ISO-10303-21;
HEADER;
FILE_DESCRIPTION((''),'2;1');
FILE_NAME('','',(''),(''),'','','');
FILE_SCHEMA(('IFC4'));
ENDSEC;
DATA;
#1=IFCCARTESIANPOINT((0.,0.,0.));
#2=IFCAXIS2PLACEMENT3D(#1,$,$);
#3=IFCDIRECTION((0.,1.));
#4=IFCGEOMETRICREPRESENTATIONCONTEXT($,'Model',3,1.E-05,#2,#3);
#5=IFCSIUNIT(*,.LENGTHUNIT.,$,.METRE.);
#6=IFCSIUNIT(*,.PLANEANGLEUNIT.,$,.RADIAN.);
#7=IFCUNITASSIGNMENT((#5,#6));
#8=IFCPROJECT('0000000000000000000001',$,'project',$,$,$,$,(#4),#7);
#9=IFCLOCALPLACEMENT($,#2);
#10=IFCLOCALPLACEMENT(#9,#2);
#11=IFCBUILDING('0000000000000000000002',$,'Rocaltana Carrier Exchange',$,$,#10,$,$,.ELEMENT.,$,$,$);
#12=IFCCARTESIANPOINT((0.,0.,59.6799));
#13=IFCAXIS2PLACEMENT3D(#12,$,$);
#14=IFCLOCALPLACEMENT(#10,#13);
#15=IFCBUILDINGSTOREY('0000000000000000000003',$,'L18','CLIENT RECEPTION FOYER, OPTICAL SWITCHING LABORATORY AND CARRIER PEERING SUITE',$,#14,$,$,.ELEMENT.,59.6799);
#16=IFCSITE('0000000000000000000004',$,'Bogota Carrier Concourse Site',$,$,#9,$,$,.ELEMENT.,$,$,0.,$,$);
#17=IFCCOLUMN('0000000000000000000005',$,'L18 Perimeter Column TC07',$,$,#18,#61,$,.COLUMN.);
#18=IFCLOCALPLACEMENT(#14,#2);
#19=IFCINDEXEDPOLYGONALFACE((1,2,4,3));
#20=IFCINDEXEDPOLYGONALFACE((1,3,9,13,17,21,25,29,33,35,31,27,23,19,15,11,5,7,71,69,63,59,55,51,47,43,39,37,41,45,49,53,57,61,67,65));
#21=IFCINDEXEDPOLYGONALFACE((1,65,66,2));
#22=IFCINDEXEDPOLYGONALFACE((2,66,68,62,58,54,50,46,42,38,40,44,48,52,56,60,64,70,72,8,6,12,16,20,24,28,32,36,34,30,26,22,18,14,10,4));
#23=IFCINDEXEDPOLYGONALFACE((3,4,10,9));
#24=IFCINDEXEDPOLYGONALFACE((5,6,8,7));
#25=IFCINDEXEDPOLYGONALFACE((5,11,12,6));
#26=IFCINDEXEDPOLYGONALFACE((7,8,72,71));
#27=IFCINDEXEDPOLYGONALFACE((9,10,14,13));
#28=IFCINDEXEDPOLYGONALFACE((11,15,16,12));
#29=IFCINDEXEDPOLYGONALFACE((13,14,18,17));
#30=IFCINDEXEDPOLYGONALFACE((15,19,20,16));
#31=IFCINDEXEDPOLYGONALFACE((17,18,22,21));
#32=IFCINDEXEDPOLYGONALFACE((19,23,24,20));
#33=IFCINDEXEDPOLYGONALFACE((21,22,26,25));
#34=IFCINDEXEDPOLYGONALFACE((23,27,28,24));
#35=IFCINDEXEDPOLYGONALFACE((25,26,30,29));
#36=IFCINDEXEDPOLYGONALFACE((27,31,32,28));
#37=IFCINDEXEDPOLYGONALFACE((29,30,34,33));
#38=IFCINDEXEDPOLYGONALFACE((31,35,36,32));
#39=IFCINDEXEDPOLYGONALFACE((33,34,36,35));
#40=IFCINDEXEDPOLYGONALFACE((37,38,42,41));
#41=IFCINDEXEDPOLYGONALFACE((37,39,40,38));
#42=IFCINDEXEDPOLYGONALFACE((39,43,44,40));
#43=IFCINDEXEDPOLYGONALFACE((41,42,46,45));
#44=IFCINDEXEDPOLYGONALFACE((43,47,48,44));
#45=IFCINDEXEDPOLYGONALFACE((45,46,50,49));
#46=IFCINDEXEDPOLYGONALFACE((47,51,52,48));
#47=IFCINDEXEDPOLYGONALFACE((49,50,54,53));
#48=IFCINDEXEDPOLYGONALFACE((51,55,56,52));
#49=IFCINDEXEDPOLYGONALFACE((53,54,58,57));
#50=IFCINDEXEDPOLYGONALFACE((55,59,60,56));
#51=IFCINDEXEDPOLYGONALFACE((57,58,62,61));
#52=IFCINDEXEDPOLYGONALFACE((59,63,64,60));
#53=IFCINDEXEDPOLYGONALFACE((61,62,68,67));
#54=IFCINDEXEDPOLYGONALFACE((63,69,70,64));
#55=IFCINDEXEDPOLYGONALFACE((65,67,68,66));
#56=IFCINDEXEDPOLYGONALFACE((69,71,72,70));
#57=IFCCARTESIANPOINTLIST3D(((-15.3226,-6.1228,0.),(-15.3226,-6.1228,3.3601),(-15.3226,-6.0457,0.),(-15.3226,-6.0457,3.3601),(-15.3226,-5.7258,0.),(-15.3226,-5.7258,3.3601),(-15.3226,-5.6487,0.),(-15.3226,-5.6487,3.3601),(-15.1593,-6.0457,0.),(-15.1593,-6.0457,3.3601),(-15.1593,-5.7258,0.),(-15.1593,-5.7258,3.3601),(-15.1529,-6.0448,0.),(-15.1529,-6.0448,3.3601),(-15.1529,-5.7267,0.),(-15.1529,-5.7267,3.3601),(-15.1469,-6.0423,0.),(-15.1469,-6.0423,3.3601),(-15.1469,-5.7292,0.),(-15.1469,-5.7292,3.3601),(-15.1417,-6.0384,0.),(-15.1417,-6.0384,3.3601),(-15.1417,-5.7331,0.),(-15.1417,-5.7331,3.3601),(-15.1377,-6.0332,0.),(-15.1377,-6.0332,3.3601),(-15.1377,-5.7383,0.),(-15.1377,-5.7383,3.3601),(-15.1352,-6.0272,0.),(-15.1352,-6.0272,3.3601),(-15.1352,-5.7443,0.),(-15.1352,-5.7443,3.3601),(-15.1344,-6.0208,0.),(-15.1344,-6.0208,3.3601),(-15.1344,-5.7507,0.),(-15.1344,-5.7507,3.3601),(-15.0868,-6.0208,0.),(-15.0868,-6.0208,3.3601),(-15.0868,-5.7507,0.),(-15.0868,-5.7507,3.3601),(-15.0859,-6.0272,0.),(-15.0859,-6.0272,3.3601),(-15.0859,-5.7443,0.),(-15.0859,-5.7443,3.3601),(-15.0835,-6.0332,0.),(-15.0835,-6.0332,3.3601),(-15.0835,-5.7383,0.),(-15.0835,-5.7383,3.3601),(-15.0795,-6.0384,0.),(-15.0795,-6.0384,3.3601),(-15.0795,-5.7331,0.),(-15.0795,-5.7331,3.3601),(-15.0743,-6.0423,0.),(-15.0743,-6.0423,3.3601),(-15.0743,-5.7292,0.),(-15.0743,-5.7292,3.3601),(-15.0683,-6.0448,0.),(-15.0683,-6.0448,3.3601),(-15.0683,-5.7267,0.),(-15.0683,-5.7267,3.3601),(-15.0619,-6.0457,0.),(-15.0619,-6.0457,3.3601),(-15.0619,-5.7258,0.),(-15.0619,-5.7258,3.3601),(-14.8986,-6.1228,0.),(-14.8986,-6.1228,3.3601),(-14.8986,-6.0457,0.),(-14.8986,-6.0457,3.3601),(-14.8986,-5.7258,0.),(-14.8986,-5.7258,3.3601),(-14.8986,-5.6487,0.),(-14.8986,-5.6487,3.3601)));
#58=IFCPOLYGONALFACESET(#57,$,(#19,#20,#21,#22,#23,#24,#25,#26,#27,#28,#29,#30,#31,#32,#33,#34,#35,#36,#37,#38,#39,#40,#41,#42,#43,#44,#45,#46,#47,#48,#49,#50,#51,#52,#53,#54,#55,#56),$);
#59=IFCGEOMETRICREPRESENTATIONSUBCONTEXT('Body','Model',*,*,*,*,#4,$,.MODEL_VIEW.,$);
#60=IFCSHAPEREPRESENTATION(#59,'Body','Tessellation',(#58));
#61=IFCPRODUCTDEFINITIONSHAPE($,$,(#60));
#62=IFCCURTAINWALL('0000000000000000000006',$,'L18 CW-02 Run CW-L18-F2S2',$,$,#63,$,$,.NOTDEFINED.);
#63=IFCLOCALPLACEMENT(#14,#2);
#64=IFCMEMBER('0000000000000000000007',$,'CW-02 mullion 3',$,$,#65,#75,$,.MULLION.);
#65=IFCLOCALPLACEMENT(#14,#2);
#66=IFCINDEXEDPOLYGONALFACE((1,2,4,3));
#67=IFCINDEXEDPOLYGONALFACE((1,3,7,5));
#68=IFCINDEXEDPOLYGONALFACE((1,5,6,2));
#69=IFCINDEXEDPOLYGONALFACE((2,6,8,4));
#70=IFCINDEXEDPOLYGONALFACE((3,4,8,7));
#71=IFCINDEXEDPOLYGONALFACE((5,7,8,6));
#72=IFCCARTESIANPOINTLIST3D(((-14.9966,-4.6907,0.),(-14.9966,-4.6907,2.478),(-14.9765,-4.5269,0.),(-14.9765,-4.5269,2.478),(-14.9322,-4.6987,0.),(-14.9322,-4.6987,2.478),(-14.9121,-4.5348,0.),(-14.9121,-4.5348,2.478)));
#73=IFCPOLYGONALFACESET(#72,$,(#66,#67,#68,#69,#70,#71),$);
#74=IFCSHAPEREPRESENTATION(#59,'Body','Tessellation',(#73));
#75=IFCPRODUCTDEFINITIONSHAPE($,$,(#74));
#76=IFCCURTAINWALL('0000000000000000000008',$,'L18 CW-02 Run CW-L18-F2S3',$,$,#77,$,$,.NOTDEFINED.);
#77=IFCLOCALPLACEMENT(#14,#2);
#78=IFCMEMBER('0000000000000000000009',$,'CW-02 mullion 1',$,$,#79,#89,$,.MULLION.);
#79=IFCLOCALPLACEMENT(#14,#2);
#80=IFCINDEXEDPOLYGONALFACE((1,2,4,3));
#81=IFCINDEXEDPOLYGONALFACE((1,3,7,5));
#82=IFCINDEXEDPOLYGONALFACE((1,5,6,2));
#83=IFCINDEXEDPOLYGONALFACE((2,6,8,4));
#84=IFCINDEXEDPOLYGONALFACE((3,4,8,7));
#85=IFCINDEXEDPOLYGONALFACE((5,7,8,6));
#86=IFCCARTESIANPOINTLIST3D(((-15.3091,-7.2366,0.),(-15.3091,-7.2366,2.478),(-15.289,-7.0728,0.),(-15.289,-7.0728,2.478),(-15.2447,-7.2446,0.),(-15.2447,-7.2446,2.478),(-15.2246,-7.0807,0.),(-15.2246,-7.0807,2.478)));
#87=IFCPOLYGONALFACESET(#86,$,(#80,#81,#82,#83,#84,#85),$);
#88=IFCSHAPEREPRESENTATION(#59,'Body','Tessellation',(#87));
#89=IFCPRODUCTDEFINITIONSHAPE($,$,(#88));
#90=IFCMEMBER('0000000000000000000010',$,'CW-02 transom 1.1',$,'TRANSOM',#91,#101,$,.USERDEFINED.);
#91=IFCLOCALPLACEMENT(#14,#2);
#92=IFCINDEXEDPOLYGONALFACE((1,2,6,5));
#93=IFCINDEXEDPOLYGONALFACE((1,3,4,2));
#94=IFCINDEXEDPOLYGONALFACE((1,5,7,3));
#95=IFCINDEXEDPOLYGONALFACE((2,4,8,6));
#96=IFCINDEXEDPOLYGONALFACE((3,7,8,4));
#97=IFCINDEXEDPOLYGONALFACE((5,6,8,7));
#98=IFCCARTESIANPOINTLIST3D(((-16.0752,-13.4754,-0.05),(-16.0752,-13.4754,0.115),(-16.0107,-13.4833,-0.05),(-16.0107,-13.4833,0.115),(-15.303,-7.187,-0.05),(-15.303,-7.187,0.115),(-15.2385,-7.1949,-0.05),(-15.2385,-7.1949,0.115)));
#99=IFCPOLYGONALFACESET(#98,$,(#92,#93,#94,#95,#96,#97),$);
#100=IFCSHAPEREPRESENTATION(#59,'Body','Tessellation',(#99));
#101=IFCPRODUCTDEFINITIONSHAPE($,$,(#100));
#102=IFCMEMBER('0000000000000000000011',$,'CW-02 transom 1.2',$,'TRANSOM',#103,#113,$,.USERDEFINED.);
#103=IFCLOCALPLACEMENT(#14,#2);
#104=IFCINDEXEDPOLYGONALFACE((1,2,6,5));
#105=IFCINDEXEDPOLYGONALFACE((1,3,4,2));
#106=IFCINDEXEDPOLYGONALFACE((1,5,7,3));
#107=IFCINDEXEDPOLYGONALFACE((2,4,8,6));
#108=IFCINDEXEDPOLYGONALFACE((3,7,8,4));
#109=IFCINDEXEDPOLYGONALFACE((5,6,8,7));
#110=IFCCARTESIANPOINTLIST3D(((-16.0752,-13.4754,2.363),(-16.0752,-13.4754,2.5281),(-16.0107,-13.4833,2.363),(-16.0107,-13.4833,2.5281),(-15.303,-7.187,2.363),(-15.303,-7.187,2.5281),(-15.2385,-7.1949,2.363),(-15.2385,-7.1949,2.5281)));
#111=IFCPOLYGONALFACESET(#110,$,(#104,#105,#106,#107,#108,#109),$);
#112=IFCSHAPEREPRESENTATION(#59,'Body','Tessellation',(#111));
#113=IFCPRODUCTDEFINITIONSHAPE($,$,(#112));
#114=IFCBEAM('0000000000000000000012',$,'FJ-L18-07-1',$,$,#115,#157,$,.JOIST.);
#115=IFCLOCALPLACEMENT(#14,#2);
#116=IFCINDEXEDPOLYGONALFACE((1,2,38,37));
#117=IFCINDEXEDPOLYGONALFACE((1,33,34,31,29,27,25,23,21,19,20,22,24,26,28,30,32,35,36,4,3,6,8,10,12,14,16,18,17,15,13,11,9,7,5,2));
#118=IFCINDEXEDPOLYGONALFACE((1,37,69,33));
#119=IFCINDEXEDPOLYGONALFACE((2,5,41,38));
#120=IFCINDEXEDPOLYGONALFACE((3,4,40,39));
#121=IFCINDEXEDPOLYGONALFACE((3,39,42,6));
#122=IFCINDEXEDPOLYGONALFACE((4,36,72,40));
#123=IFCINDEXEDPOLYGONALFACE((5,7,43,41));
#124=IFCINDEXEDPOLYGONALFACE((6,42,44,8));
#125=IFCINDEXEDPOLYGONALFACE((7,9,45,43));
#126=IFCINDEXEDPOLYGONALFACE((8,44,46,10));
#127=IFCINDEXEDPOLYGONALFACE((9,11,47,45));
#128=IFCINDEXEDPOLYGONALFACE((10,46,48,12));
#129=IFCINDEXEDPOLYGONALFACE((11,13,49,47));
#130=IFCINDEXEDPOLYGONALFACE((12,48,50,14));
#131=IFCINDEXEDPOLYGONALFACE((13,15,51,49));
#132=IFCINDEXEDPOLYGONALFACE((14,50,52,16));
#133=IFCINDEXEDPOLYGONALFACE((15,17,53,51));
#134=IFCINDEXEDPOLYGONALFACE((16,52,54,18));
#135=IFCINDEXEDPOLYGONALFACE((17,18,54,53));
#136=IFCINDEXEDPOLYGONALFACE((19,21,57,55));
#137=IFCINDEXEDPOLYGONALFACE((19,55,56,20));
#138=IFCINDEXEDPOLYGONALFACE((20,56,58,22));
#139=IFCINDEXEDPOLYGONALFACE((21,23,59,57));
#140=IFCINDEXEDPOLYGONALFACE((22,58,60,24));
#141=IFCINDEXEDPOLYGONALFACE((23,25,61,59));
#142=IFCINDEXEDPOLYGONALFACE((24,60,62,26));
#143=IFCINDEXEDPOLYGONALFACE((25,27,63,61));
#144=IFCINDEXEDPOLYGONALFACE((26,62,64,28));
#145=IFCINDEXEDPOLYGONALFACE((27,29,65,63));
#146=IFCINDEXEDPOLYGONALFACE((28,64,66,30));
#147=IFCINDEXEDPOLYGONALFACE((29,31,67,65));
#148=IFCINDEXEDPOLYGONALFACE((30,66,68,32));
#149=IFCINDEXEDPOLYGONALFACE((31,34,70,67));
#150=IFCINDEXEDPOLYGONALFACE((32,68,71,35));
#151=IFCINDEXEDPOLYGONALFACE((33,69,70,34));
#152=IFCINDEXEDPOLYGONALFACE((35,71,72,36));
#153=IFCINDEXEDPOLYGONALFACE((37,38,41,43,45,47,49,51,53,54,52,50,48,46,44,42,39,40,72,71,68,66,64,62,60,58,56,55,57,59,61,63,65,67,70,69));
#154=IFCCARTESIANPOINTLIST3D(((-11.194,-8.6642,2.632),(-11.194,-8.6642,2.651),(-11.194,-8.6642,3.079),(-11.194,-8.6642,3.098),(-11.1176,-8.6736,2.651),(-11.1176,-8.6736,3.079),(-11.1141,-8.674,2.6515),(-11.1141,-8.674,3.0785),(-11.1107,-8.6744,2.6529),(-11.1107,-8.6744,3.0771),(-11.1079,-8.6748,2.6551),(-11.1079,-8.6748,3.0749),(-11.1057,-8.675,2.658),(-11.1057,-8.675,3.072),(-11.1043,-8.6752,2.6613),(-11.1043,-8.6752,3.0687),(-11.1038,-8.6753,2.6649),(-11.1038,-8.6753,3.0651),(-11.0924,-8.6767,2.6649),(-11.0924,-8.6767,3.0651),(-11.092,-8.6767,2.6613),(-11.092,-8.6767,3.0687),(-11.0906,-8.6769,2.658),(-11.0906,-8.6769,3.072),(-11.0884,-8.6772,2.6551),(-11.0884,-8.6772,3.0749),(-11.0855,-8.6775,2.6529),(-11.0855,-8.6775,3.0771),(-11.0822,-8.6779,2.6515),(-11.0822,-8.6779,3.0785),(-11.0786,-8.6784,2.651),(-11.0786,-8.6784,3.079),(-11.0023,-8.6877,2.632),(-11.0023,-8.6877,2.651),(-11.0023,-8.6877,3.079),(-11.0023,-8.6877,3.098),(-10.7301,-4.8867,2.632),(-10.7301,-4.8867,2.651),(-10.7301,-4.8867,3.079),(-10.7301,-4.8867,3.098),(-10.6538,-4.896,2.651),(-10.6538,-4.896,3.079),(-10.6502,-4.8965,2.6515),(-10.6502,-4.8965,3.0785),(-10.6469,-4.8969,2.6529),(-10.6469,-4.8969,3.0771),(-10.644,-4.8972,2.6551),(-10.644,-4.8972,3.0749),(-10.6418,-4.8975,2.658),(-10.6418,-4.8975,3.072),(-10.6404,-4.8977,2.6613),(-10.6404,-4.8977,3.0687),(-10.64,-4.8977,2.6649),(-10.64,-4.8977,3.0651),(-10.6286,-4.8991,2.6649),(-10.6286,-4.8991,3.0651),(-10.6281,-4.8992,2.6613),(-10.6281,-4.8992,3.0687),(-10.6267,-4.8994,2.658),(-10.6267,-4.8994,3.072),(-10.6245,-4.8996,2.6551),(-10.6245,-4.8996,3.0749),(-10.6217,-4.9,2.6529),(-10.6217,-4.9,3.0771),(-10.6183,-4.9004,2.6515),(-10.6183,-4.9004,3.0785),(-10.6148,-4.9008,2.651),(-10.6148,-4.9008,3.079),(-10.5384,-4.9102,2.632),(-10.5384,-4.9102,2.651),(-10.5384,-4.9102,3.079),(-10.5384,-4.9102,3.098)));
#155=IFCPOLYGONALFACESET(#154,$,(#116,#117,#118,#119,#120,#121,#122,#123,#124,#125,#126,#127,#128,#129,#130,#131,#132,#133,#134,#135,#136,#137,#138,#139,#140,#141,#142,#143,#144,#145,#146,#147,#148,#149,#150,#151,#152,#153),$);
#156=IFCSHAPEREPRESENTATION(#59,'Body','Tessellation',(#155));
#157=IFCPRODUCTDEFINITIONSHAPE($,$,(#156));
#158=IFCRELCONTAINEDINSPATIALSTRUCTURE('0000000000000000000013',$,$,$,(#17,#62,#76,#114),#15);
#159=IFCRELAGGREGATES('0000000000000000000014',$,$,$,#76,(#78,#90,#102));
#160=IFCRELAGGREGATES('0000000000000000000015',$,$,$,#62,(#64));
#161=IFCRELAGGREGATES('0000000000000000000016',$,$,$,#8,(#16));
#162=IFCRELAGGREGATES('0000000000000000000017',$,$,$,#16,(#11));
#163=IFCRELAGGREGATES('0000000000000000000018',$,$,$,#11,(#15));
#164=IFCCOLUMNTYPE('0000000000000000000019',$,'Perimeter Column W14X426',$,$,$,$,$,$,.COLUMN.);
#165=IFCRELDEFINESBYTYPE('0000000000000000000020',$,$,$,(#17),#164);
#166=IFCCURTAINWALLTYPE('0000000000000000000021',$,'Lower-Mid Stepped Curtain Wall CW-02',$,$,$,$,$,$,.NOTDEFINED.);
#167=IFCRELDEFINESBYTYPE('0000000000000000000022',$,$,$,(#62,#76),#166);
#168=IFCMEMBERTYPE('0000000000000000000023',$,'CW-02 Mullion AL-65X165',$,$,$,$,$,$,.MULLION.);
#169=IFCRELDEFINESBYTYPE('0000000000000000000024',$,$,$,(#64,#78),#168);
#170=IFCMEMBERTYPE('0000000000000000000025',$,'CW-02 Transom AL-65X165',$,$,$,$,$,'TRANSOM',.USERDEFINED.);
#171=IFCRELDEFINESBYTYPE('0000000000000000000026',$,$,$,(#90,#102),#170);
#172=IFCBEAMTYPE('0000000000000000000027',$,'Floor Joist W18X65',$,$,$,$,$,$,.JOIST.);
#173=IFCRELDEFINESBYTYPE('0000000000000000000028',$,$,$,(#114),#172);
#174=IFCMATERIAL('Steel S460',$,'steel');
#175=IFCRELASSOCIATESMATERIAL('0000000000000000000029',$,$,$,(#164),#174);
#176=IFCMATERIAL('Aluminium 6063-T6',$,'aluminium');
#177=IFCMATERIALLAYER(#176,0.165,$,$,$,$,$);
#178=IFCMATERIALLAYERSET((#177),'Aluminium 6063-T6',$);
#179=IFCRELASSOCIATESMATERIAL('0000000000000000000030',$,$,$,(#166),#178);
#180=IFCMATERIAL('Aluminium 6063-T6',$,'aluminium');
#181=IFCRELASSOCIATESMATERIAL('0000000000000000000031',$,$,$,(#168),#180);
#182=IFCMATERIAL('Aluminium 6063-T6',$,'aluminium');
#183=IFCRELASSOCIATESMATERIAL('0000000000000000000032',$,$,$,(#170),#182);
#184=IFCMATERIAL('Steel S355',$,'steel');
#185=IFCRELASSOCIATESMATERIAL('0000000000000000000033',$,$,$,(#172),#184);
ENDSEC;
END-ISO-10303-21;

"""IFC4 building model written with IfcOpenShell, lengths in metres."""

from ifc_helpers import new_model, si_unit, direction, frame, origin, origin_2d, place, context, subcontext, project, spatial, rectangle, i_section, extrude, material, layer, layer_set, material_profile, profile_set, type_object, element, aggregate, save


model = new_model("IFC4")

# Units and contexts
model_context = context("Model", 3, precision=1e-05, world=origin(), true_north=direction((0.0, 1.0)))
body_context = subcontext(model_context, "Body", "Model", "MODEL_VIEW")
ifc_project = project(units=[si_unit("LENGTHUNIT", "METRE"), si_unit("PLANEANGLEUNIT", "RADIAN")], contexts=[model_context])

# Site, building, storey
site_placement = place(None, origin())
site = spatial("IfcSite", under=ifc_project, at=site_placement, Name="Bogota Carrier Concourse Site", CompositionType="ELEMENT", RefElevation=0.0)
building_placement = place(site_placement, origin())
building = spatial("IfcBuilding", under=site, at=building_placement, Name="Rocaltana Carrier Exchange", CompositionType="ELEMENT")
storey_placement = place(building_placement, frame((0.0, 0.0, 59.6799)))
storey = spatial("IfcBuildingStorey", under=building, at=storey_placement, Name="L18", Description="CLIENT RECEPTION FOYER, OPTICAL SWITCHING LABORATORY AND CARRIER PEERING SUITE", CompositionType="ELEMENT", Elevation=59.6799)

# Column
ifc_material_1 = material(Name="Steel S460", Category="steel")
ifc_material_profile_1 = material_profile(ifc_material_1, i_section(OverallWidth=0.4241, OverallDepth=0.4741, WebThickness=0.0476, FlangeThickness=0.0771, FilletRadius=0.0249, at=origin_2d()), Name="W14X426")
ifc_profile_set_1 = profile_set([ifc_material_profile_1], Name="Steel S460")
column_type = type_object("IfcColumnType", Name="Perimeter Column W14X426", PredefinedType="COLUMN", material=ifc_profile_set_1)
column_placement = place(storey_placement, frame((-15.1106, -5.8857, 0.0), z_axis=(0.0, 0.0, 1.0), x_axis=(1.0, 0.0, 0.0)))
element("IfcColumn", 1, at=column_placement, inside=storey, type_object=column_type, Name="L18 Perimeter Column TC07", PredefinedType="COLUMN", context=body_context, shape_type="SweptSolid", body=[
    extrude(i_section(OverallWidth=0.4241, OverallDepth=0.4741, WebThickness=0.0476, FlangeThickness=0.0771, FilletRadius=0.0249, at=origin_2d()), origin(), (0.0, 0.0, 1.0), 3.3601),
])

# Curtain wall, member
ifc_material_2 = material(Name="Aluminium 6063-T6", Category="aluminium")
ifc_layer_1 = layer(ifc_material_2, 0.165)
ifc_layer_set_1 = layer_set([ifc_layer_1], Name="Aluminium 6063-T6")
curtain_wall_type = type_object("IfcCurtainWallType", Name="Lower-Mid Stepped Curtain Wall CW-02", PredefinedType="NOTDEFINED", material=ifc_layer_set_1)
curtain_wall_1_placement = place(storey_placement, origin())
curtain_wall_1 = element("IfcCurtainWall", 2, at=curtain_wall_1_placement, inside=storey, type_object=curtain_wall_type, Name="L18 CW-02 Run CW-L18-F2S2", PredefinedType="NOTDEFINED")
ifc_material_3 = material(Name="Aluminium 6063-T6", Category="aluminium")
ifc_material_profile_2 = material_profile(ifc_material_3, rectangle(XDim=0.0649, YDim=0.165, at=origin_2d()), Name="AL-65X165")
ifc_profile_set_2 = profile_set([ifc_material_profile_2], Name="Aluminium 6063-T6")
member_type_1 = type_object("IfcMemberType", Name="CW-02 Mullion AL-65X165", PredefinedType="MULLION", material=ifc_profile_set_2)
member_1_placement = place(storey_placement, frame((-14.9543, -4.6128, 0.0), z_axis=(0.0, 0.0, 1.0), x_axis=(0.992546, -0.121874, 0.0)))
member_1 = element("IfcMember", 3, at=member_1_placement, type_object=member_type_1, Name="CW-02 mullion 3", PredefinedType="MULLION", context=body_context, shape_type="SweptSolid", body=[
    extrude(rectangle(XDim=0.0649, YDim=0.165, at=origin_2d()), origin(), (0.0, 0.0, 1.0), 2.478),
])

# Curtain wall, members
curtain_wall_2_placement = place(storey_placement, origin())
curtain_wall_2 = element("IfcCurtainWall", 4, at=curtain_wall_2_placement, inside=storey, type_object=curtain_wall_type, Name="L18 CW-02 Run CW-L18-F2S3", PredefinedType="NOTDEFINED")
member_2_placement = place(storey_placement, frame((-15.2668, -7.1587, 0.0), z_axis=(0.0, 0.0, 1.0), x_axis=(0.992545, -0.121881, 0.0)))
member_2 = element("IfcMember", 5, at=member_2_placement, type_object=member_type_1, Name="CW-02 mullion 1", PredefinedType="MULLION", context=body_context, shape_type="SweptSolid", body=[
    extrude(rectangle(XDim=0.0649, YDim=0.165, at=origin_2d()), origin(), (0.0, 0.0, 1.0), 2.478),
])
ifc_material_4 = material(Name="Aluminium 6063-T6", Category="aluminium")
ifc_material_profile_3 = material_profile(ifc_material_4, rectangle(XDim=0.0649, YDim=0.165, at=origin_2d()), Name="AL-65X165")
ifc_profile_set_3 = profile_set([ifc_material_profile_3], Name="Aluminium 6063-T6")
member_type_2 = type_object("IfcMemberType", Name="CW-02 Transom AL-65X165", ElementType="TRANSOM", PredefinedType="USERDEFINED", material=ifc_profile_set_3)
member_3_placement = place(storey_placement, frame((-15.2708, -7.1909, 0.0325), z_axis=(-0.121881, -0.992545, 0.0), x_axis=(0.992545, -0.121881, 0.0)))
member_3 = element("IfcMember", 6, at=member_3_placement, type_object=member_type_2, Name="CW-02 transom 1.1", ObjectType="TRANSOM", PredefinedType="USERDEFINED", context=body_context, shape_type="SweptSolid", body=[
    extrude(rectangle(XDim=0.0649, YDim=0.165, at=origin_2d()), origin(), (0.0, 0.0, 1.0), 6.3357),
])
member_4_placement = place(storey_placement, frame((-15.2708, -7.1909, 2.4456), z_axis=(-0.121881, -0.992545, 0.0), x_axis=(0.992545, -0.121881, 0.0)))
member_4 = element("IfcMember", 7, at=member_4_placement, type_object=member_type_2, Name="CW-02 transom 1.2", ObjectType="TRANSOM", PredefinedType="USERDEFINED", context=body_context, shape_type="SweptSolid", body=[
    extrude(rectangle(XDim=0.0649, YDim=0.165, at=origin_2d()), origin(), (0.0, 0.0, 1.0), 6.3357),
])
aggregate(curtain_wall_2, [member_2, member_3, member_4])

# Beam
ifc_material_5 = material(Name="Steel S355", Category="steel")
ifc_material_profile_4 = material_profile(ifc_material_5, i_section(OverallWidth=0.1931, OverallDepth=0.4661, WebThickness=0.0115, FlangeThickness=0.019, FilletRadius=0.0139, at=origin_2d()), Name="W18X65")
ifc_profile_set_4 = profile_set([ifc_material_profile_4], Name="Steel S355")
beam_type_1 = type_object("IfcBeamType", Name="Floor Joist W18X65", PredefinedType="JOIST", material=ifc_profile_set_4)
beam_1_placement = place(storey_placement, frame((-10.6343, -4.8984, 2.865), z_axis=(-0.121879, -0.992545, 0.0), x_axis=(0.992545, -0.121879, 0.0)))
element("IfcBeam", 8, at=beam_1_placement, inside=storey, type_object=beam_type_1, Name="FJ-L18-07-1", PredefinedType="JOIST", context=body_context, shape_type="SweptSolid", body=[
    extrude(i_section(OverallWidth=0.1931, OverallDepth=0.4661, WebThickness=0.0115, FlangeThickness=0.019, FilletRadius=0.0139, at=origin_2d()), origin(), (0.0, 0.0, 1.0), 3.8059),
])

aggregate(curtain_wall_1, [member_1])

save(model, "model.ifc")
